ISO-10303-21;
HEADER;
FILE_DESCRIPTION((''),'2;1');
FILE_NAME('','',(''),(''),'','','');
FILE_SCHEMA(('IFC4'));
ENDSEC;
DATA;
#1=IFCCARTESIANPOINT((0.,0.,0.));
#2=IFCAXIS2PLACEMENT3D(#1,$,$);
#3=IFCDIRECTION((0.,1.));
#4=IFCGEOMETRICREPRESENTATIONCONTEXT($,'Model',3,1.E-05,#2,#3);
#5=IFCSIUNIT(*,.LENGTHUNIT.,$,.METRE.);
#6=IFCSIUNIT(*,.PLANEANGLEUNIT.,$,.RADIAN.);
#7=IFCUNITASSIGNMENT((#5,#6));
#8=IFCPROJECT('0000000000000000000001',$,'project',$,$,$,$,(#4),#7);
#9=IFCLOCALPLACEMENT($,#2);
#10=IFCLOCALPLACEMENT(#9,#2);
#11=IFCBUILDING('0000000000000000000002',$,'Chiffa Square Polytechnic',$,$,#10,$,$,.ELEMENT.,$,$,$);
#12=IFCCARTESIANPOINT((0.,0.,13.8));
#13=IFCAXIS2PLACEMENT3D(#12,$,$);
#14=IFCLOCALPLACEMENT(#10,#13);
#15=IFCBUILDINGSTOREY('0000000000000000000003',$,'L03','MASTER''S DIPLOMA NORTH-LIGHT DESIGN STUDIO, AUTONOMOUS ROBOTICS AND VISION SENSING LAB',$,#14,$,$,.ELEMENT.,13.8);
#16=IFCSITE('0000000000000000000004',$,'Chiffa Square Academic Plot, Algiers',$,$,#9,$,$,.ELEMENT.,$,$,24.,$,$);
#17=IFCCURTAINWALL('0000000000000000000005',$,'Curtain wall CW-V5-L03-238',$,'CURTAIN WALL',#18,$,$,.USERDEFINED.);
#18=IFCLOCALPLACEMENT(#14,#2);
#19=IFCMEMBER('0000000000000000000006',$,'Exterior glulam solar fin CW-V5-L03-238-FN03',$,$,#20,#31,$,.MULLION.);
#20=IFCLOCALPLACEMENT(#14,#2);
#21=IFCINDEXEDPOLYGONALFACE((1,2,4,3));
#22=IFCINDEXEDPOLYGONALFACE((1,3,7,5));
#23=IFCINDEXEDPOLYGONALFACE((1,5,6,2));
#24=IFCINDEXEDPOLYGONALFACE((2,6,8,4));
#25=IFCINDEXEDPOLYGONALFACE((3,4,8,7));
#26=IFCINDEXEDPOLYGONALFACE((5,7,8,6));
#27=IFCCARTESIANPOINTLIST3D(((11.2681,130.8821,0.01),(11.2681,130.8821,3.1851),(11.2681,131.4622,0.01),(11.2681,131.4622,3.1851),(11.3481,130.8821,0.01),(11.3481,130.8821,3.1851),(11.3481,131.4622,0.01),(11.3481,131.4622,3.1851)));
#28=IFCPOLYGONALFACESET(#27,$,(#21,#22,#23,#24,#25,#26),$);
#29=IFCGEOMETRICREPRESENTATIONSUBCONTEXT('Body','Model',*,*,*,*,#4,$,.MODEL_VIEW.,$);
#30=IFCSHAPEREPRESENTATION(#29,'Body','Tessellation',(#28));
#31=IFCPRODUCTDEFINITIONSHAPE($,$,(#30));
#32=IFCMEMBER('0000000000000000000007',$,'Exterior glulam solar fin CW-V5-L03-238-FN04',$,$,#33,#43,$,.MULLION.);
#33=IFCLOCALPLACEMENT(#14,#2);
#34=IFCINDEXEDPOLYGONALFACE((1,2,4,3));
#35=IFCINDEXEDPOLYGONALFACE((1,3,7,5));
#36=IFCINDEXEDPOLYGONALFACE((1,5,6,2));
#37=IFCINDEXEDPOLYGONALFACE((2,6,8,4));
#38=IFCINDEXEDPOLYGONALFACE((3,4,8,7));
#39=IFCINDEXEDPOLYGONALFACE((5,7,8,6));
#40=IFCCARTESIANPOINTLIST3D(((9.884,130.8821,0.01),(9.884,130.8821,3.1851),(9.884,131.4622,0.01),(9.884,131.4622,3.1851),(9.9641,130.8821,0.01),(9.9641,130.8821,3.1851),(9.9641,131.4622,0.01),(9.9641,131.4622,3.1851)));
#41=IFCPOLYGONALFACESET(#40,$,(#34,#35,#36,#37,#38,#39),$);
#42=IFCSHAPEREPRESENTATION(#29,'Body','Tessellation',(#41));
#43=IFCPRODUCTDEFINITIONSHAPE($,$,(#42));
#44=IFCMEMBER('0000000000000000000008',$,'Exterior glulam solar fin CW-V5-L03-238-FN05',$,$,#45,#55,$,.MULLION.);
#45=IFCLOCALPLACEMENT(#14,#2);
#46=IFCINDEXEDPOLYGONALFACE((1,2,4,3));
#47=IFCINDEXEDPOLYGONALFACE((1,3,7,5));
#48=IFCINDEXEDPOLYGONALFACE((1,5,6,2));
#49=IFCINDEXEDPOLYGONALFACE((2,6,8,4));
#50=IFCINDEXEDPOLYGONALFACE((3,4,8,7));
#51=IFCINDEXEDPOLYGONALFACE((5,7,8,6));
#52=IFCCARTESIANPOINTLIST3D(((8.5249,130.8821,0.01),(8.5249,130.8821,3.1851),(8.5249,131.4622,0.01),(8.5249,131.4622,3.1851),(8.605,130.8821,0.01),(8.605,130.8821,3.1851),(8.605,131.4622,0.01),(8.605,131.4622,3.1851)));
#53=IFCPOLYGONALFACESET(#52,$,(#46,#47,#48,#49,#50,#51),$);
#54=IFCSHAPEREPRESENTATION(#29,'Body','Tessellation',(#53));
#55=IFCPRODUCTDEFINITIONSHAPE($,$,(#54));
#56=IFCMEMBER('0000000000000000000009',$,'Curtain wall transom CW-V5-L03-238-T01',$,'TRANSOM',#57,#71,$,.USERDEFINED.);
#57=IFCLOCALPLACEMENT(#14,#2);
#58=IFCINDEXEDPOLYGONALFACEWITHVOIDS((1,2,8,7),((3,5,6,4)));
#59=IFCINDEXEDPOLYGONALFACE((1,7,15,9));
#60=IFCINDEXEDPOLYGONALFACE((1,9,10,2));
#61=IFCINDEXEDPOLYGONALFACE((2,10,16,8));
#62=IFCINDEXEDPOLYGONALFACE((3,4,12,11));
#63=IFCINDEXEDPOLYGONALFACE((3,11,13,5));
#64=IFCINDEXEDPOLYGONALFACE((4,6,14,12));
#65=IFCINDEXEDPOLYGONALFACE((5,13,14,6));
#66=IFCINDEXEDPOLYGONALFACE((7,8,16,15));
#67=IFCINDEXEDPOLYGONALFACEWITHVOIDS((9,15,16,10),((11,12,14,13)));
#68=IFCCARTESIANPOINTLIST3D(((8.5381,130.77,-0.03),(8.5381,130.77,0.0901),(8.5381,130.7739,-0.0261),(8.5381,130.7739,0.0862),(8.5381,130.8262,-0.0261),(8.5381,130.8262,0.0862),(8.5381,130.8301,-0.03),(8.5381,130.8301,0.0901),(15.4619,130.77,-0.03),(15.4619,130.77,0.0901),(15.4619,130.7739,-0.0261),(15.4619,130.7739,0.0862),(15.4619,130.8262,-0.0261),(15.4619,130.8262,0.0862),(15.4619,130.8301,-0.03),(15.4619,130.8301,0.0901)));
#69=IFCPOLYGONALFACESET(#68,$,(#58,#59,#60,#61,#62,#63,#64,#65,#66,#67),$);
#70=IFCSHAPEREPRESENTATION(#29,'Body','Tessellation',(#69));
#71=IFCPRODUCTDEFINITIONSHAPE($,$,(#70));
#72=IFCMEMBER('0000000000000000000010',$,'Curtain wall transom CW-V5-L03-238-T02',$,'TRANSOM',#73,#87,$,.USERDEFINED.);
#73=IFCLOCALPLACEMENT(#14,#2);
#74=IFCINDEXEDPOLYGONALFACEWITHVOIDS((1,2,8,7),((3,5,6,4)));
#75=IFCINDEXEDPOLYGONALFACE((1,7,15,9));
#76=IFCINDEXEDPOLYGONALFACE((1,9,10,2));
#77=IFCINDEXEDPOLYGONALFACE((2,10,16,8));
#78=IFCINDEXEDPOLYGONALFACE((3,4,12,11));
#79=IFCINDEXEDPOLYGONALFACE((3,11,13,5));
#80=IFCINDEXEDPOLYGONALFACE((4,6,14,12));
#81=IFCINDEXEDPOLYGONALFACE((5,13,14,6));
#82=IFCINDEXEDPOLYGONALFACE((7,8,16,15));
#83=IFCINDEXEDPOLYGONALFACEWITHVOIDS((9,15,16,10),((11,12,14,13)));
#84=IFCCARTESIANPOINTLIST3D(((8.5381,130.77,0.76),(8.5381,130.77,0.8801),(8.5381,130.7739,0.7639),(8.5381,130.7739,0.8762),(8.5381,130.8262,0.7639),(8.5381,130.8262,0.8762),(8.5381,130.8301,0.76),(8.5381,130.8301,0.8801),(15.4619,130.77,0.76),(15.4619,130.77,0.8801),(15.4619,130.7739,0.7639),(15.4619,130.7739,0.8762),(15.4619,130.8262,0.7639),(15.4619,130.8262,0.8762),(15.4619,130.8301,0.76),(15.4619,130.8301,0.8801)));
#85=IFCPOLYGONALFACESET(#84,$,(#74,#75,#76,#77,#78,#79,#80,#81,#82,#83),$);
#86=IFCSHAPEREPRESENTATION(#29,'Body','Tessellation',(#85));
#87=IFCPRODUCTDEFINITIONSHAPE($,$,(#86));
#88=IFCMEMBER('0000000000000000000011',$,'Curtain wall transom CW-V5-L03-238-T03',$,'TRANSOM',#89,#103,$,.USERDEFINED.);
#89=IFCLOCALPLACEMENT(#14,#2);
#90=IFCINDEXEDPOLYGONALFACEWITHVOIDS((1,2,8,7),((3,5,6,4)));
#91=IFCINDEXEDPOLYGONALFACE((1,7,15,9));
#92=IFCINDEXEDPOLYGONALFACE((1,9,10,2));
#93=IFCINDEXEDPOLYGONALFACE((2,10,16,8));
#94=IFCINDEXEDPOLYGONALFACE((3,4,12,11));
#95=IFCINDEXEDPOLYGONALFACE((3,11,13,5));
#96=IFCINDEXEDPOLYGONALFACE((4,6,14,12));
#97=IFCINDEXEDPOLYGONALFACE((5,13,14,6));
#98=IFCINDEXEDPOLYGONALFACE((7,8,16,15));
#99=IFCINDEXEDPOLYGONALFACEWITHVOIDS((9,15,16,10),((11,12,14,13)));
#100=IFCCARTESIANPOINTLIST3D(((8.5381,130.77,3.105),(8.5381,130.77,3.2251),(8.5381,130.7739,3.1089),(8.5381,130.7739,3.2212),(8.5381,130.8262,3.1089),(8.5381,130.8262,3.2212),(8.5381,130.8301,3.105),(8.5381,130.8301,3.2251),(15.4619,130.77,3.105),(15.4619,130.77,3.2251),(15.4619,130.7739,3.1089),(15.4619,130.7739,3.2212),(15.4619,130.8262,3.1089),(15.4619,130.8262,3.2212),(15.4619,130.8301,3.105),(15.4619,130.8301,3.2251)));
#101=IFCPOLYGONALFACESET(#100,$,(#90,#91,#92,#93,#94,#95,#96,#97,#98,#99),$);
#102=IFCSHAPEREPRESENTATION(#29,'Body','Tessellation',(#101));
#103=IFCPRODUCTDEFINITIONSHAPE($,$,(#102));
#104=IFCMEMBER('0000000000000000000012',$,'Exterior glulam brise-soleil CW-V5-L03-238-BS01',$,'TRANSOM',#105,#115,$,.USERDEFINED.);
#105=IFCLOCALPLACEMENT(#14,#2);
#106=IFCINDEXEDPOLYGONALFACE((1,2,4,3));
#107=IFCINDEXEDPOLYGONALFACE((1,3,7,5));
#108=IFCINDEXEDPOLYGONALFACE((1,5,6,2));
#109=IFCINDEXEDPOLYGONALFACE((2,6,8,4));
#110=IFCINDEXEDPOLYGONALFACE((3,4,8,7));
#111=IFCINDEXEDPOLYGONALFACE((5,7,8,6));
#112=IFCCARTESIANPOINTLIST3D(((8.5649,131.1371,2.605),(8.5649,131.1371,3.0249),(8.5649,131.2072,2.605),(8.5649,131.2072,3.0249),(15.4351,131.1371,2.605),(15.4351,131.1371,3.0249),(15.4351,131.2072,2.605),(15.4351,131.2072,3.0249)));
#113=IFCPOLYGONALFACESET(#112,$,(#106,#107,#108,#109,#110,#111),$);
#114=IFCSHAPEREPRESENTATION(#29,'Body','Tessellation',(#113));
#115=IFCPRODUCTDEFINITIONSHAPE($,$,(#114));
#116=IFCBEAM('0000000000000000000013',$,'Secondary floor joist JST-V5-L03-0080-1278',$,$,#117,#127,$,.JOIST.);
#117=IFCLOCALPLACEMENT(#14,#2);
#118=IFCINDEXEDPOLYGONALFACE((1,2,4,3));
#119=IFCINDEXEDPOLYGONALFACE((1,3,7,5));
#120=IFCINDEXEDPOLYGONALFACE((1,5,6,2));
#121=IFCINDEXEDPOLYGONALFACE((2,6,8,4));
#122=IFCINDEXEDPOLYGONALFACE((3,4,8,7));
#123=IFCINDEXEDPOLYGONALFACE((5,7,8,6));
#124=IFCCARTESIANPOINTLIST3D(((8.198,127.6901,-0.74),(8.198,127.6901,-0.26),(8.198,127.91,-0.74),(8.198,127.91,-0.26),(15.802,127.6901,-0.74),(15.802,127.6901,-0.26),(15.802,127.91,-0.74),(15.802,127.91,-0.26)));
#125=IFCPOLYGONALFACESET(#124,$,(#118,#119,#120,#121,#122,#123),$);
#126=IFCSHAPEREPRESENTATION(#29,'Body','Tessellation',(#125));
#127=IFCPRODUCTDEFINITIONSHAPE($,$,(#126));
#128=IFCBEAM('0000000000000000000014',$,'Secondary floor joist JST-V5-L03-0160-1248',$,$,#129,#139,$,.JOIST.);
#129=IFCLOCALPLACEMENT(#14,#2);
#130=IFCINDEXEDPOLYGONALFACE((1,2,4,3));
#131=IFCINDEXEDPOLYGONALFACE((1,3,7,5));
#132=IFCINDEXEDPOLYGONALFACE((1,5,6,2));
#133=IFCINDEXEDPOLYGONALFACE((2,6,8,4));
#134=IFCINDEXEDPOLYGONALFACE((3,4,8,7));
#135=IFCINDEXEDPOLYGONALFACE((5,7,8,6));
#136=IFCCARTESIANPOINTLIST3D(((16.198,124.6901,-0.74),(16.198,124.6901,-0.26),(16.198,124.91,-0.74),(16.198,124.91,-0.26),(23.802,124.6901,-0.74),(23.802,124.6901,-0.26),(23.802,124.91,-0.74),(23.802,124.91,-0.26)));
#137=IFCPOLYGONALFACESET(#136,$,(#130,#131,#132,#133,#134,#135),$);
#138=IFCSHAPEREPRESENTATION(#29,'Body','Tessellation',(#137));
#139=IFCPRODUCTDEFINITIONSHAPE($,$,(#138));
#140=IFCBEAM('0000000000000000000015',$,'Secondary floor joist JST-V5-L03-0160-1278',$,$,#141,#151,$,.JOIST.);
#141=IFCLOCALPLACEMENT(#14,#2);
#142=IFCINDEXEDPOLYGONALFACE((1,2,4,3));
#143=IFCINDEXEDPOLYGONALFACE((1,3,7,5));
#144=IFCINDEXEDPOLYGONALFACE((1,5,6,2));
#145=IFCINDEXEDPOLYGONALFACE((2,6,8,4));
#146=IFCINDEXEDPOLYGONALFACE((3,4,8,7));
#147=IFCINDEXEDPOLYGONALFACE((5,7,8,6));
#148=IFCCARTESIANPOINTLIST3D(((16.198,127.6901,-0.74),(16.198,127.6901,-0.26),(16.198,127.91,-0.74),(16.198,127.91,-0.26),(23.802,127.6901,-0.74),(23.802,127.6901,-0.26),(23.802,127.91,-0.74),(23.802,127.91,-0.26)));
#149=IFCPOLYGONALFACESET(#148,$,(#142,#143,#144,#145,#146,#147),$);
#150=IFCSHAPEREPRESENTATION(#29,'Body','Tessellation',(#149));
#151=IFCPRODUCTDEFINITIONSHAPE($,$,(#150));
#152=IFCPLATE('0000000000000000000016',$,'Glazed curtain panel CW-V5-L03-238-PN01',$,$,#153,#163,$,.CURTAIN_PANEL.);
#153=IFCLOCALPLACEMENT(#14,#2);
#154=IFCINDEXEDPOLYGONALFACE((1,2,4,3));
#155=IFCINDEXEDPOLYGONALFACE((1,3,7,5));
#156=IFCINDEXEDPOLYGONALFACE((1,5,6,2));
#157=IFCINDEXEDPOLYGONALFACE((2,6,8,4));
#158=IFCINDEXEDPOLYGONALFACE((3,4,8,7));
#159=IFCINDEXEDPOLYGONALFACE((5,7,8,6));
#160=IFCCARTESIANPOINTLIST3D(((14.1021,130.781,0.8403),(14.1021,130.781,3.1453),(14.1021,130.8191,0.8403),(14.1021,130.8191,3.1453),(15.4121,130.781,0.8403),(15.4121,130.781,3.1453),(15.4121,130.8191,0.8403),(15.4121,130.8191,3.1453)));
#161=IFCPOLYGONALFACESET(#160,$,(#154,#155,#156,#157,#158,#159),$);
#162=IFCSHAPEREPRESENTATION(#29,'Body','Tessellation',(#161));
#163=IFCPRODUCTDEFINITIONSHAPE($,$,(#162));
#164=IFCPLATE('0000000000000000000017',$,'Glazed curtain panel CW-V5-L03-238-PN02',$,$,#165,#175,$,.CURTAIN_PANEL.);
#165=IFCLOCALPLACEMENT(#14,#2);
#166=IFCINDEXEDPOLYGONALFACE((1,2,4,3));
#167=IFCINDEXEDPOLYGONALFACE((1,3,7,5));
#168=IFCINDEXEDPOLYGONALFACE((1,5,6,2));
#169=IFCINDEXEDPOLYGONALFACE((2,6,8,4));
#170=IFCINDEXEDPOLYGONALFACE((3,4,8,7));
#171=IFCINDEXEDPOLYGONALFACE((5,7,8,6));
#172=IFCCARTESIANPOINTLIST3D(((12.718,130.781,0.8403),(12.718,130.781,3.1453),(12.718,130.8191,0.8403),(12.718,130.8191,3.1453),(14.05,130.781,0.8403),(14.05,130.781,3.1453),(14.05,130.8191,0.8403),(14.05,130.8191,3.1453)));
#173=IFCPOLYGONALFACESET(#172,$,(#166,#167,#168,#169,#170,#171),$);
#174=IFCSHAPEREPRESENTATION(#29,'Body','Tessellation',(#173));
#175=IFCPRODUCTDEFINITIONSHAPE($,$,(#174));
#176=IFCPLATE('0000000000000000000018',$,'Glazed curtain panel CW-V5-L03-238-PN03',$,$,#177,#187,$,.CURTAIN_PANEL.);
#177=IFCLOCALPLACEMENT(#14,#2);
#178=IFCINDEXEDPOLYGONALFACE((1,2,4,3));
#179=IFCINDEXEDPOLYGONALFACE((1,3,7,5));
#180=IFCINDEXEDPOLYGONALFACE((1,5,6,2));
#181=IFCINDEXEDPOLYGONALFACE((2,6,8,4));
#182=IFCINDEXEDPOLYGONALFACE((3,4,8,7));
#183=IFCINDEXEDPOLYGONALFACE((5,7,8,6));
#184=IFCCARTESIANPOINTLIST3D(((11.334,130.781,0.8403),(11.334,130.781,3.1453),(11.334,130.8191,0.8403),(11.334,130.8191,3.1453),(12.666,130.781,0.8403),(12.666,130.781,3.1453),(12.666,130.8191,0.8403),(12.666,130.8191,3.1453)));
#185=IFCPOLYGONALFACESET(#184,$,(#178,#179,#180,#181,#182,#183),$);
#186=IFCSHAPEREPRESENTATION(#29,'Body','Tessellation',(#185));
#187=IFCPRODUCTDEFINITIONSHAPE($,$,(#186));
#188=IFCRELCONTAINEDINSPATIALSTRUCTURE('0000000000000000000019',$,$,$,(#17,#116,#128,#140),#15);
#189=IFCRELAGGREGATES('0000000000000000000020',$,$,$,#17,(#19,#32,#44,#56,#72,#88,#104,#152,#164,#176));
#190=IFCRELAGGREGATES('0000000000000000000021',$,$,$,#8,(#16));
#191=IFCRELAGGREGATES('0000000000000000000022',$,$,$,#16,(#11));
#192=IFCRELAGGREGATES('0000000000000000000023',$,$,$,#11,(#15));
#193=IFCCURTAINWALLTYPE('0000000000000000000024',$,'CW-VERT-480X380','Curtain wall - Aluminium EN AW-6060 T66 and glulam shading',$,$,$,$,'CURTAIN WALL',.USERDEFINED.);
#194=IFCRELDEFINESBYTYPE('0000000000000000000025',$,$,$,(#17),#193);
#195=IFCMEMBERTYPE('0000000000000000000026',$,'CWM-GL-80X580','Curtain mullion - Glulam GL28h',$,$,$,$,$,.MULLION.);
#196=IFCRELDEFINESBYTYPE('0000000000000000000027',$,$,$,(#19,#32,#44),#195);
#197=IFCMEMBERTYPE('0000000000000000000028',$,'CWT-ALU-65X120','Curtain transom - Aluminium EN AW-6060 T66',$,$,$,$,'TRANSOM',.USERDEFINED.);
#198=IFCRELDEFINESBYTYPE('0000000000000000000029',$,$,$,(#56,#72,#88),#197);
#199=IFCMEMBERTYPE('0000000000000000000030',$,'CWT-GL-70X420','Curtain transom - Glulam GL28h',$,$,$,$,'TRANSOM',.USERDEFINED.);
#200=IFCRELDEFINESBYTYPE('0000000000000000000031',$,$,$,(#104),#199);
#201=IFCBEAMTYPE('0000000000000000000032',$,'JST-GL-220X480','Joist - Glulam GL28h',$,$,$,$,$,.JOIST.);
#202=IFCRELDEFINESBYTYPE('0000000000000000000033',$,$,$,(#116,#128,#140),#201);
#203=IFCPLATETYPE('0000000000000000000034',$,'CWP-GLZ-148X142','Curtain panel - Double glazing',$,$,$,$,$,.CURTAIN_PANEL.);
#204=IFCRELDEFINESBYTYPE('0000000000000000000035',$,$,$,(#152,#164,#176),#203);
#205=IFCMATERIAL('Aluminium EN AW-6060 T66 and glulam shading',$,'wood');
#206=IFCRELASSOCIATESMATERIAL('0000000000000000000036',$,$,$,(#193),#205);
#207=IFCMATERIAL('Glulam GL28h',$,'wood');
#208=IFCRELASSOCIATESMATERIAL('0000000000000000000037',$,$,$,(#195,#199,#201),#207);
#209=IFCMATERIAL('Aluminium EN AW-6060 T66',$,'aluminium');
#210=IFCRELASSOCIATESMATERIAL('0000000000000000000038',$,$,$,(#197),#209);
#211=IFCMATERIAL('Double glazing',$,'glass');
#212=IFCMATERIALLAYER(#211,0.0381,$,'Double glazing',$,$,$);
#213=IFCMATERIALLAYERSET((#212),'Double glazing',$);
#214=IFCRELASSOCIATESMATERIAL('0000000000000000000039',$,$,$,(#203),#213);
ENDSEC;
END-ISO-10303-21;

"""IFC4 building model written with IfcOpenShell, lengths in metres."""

from ifc_helpers import new_model, si_unit, direction, frame, origin, origin_2d, place, context, subcontext, project, spatial, rectangle, hollow_rectangle, extrude, material, layer, layer_set, material_profile, profile_set, type_object, element, aggregate, save


model = new_model("IFC4")

# Units and contexts
model_context = context("Model", 3, precision=1e-05, world=origin(), true_north=direction((0.0, 1.0)))
body_context = subcontext(model_context, "Body", "Model", "MODEL_VIEW")
ifc_project = project(units=[si_unit("LENGTHUNIT", "METRE"), si_unit("PLANEANGLEUNIT", "RADIAN")], contexts=[model_context])

# Site, building, storey
site_placement = place(None, origin())
site = spatial("IfcSite", under=ifc_project, at=site_placement, Name="Chiffa Square Academic Plot, Algiers", CompositionType="ELEMENT", RefElevation=24.0)
building_placement = place(site_placement, origin())
building = spatial("IfcBuilding", under=site, at=building_placement, Name="Chiffa Square Polytechnic", CompositionType="ELEMENT")
storey_placement = place(building_placement, frame((0.0, 0.0, 13.8)))
storey = spatial("IfcBuildingStorey", under=building, at=storey_placement, Name="L03", Description="MASTER'S DIPLOMA NORTH-LIGHT DESIGN STUDIO, AUTONOMOUS ROBOTICS AND VISION SENSING LAB", CompositionType="ELEMENT", Elevation=13.8)

# Curtain wall, members
ifc_material_1 = material(Name="Aluminium EN AW-6060 T66 and glulam shading", Category="wood")
curtain_wall_type = type_object("IfcCurtainWallType", Name="CW-VERT-480X380", Description="Curtain wall - Aluminium EN AW-6060 T66 and glulam shading", ElementType="CURTAIN WALL", PredefinedType="USERDEFINED", material=ifc_material_1)
curtain_wall_placement = place(storey_placement, origin())
curtain_wall = element("IfcCurtainWall", 1, at=curtain_wall_placement, inside=storey, type_object=curtain_wall_type, Name="Curtain wall CW-V5-L03-238", ObjectType="CURTAIN WALL", PredefinedType="USERDEFINED")
ifc_material_2 = material(Name="Aluminium EN AW-6060 T66", Category="aluminium")
ifc_material_3 = material(Name="Glulam GL28h", Category="wood")
ifc_material_profile_1 = material_profile(ifc_material_3, rectangle(XDim=0.0801, YDim=0.5801, at=origin_2d()), Name="GL28h 80x580")
ifc_profile_set_1 = profile_set([ifc_material_profile_1], Name="Glulam GL28h")
member_type_1 = type_object("IfcMemberType", Name="CWM-GL-80X580", Description="Curtain mullion - Glulam GL28h", PredefinedType="MULLION", material=ifc_profile_set_1)
member_1_placement = place(storey_placement, frame((11.3081, 131.1721, 0.01), z_axis=(0.0, 0.0, 1.0), x_axis=(-1.0, 0.0, 0.0)))
member_1 = element("IfcMember", 2, at=member_1_placement, type_object=member_type_1, Name="Exterior glulam solar fin CW-V5-L03-238-FN03", PredefinedType="MULLION", context=body_context, shape_type="SweptSolid", body=[
    extrude(rectangle(XDim=0.0801, YDim=0.5801, at=origin_2d()), origin(), (0.0, 0.0, 1.0), 3.175),
])
member_2_placement = place(storey_placement, frame((9.9241, 131.1721, 0.01), z_axis=(0.0, 0.0, 1.0), x_axis=(-1.0, 0.0, 0.0)))
member_2 = element("IfcMember", 3, at=member_2_placement, type_object=member_type_1, Name="Exterior glulam solar fin CW-V5-L03-238-FN04", PredefinedType="MULLION", context=body_context, shape_type="SweptSolid", body=[
    extrude(rectangle(XDim=0.0801, YDim=0.5801, at=origin_2d()), origin(), (0.0, 0.0, 1.0), 3.175),
])
member_3_placement = place(storey_placement, frame((8.5649, 131.1721, 0.01), z_axis=(0.0, 0.0, 1.0), x_axis=(-1.0, 0.0, 0.0)))
member_3 = element("IfcMember", 4, at=member_3_placement, type_object=member_type_1, Name="Exterior glulam solar fin CW-V5-L03-238-FN05", PredefinedType="MULLION", context=body_context, shape_type="SweptSolid", body=[
    extrude(rectangle(XDim=0.0801, YDim=0.5801, at=origin_2d()), origin(), (0.0, 0.0, 1.0), 3.175),
])
ifc_material_profile_2 = material_profile(ifc_material_2, hollow_rectangle(XDim=0.0601, YDim=0.1201, WallThickness=0.0039, at=origin_2d()), Name="ALU 60x120x4")
ifc_profile_set_2 = profile_set([ifc_material_profile_2], Name="Aluminium EN AW-6060 T66")
member_type_2 = type_object("IfcMemberType", Name="CWT-ALU-65X120", Description="Curtain transom - Aluminium EN AW-6060 T66", ElementType="TRANSOM", PredefinedType="USERDEFINED", material=ifc_profile_set_2)
member_4_placement = place(storey_placement, frame((15.4619, 130.8, 0.03), z_axis=(-1.0, 0.0, 0.0), x_axis=(0.0, -1.0, 0.0)))
member_4 = element("IfcMember", 5, at=member_4_placement, type_object=member_type_2, Name="Curtain wall transom CW-V5-L03-238-T01", ObjectType="TRANSOM", PredefinedType="USERDEFINED", context=body_context, shape_type="SweptSolid", body=[
    extrude(hollow_rectangle(XDim=0.0601, YDim=0.1201, WallThickness=0.0039, at=origin_2d()), origin(), (0.0, 0.0, 1.0), 6.9238),
])
member_5_placement = place(storey_placement, frame((15.4619, 130.8, 0.8201), z_axis=(-1.0, 0.0, 0.0), x_axis=(0.0, -1.0, 0.0)))
member_5 = element("IfcMember", 6, at=member_5_placement, type_object=member_type_2, Name="Curtain wall transom CW-V5-L03-238-T02", ObjectType="TRANSOM", PredefinedType="USERDEFINED", context=body_context, shape_type="SweptSolid", body=[
    extrude(hollow_rectangle(XDim=0.0601, YDim=0.1201, WallThickness=0.0039, at=origin_2d()), origin(), (0.0, 0.0, 1.0), 6.9238),
])
member_6_placement = place(storey_placement, frame((15.4619, 130.8, 3.165), z_axis=(-1.0, 0.0, 0.0), x_axis=(0.0, -1.0, 0.0)))
member_6 = element("IfcMember", 7, at=member_6_placement, type_object=member_type_2, Name="Curtain wall transom CW-V5-L03-238-T03", ObjectType="TRANSOM", PredefinedType="USERDEFINED", context=body_context, shape_type="SweptSolid", body=[
    extrude(hollow_rectangle(XDim=0.0601, YDim=0.1201, WallThickness=0.0039, at=origin_2d()), origin(), (0.0, 0.0, 1.0), 6.9238),
])
ifc_material_profile_3 = material_profile(ifc_material_3, rectangle(XDim=0.0701, YDim=0.4199, at=origin_2d()), Name="GL28h 70x420")
ifc_profile_set_3 = profile_set([ifc_material_profile_3], Name="Glulam GL28h")
member_type_3 = type_object("IfcMemberType", Name="CWT-GL-70X420", Description="Curtain transom - Glulam GL28h", ElementType="TRANSOM", PredefinedType="USERDEFINED", material=ifc_profile_set_3)
member_7_placement = place(storey_placement, frame((15.4351, 131.1721, 2.8149), z_axis=(-1.0, 0.0, 0.0), x_axis=(0.0, -1.0, 0.0)))
member_7 = element("IfcMember", 8, at=member_7_placement, type_object=member_type_3, Name="Exterior glulam brise-soleil CW-V5-L03-238-BS01", ObjectType="TRANSOM", PredefinedType="USERDEFINED", context=body_context, shape_type="SweptSolid", body=[
    extrude(rectangle(XDim=0.0701, YDim=0.4199, at=origin_2d()), origin(), (0.0, 0.0, 1.0), 6.8701),
])

# Beams
ifc_material_profile_4 = material_profile(ifc_material_3, rectangle(XDim=0.22, YDim=0.48, at=origin_2d()), Name="GL28h 220x480")
ifc_profile_set_4 = profile_set([ifc_material_profile_4], Name="Glulam GL28h")
beam_type_1 = type_object("IfcBeamType", Name="JST-GL-220X480", Description="Joist - Glulam GL28h", PredefinedType="JOIST", material=ifc_profile_set_4)
for number, where, z_axis, x_axis, name in (
    (9, (8.198, 127.8, -0.5), (1.0, 0.0, 0.0), (0.0, 1.0, 0.0), "Secondary floor joist JST-V5-L03-0080-1278"),
    (10, (16.198, 124.8, -0.5), (1.0, 0.0, 0.0), (0.0, 1.0, 0.0), "Secondary floor joist JST-V5-L03-0160-1248"),
    (11, (16.198, 127.8, -0.5), (1.0, 0.0, 0.0), (0.0, 1.0, 0.0), "Secondary floor joist JST-V5-L03-0160-1278"),
):
    element("IfcBeam", number, at=place(storey_placement, frame(where, z_axis=z_axis, x_axis=x_axis)), inside=storey, type_object=beam_type_1, Name=name, PredefinedType="JOIST", context=body_context, shape_type="SweptSolid", body=[
        extrude(rectangle(XDim=0.22, YDim=0.48, at=origin_2d()), origin(), (0.0, 0.0, 1.0), 7.604),
    ])

# Plates
ifc_material_4 = material(Name="Double glazing", Category="glass")
ifc_layer_1 = layer(ifc_material_4, 0.0381, Name="Double glazing")
ifc_layer_set_1 = layer_set([ifc_layer_1], Name="Double glazing")
plate_type_1 = type_object("IfcPlateType", Name="CWP-GLZ-148X142", Description="Curtain panel - Double glazing", PredefinedType="CURTAIN_PANEL", material=ifc_layer_set_1)
plate_1_placement = place(storey_placement, frame((14.7571, 130.8, 0.8403), z_axis=(0.0, 0.0, 1.0), x_axis=(-1.0, 0.0, 0.0)))
plate_1 = element("IfcPlate", 12, at=plate_1_placement, type_object=plate_type_1, Name="Glazed curtain panel CW-V5-L03-238-PN01", PredefinedType="CURTAIN_PANEL", context=body_context, shape_type="SweptSolid", body=[
    extrude(rectangle(XDim=1.3101, YDim=0.0381, at=origin_2d()), origin(), (0.0, 0.0, 1.0), 2.3049),
])
plate_2_placement = place(storey_placement, frame((13.384, 130.8, 0.8403), z_axis=(0.0, 0.0, 1.0), x_axis=(-1.0, 0.0, 0.0)))
plate_2 = element("IfcPlate", 13, at=plate_2_placement, type_object=plate_type_1, Name="Glazed curtain panel CW-V5-L03-238-PN02", PredefinedType="CURTAIN_PANEL", context=body_context, shape_type="SweptSolid", body=[
    extrude(rectangle(XDim=1.332, YDim=0.0381, at=origin_2d()), origin(), (0.0, 0.0, 1.0), 2.3049),
])
plate_3_placement = place(storey_placement, frame((12.0, 130.8, 0.8403), z_axis=(0.0, 0.0, 1.0), x_axis=(-1.0, 0.0, 0.0)))
plate_3 = element("IfcPlate", 14, at=plate_3_placement, type_object=plate_type_1, Name="Glazed curtain panel CW-V5-L03-238-PN03", PredefinedType="CURTAIN_PANEL", context=body_context, shape_type="SweptSolid", body=[
    extrude(rectangle(XDim=1.332, YDim=0.0381, at=origin_2d()), origin(), (0.0, 0.0, 1.0), 2.3049),
])
aggregate(curtain_wall, [member_1, member_2, member_3, member_4, member_5, member_6, member_7, plate_1, plate_2, plate_3])

save(model, "model.ifc")
